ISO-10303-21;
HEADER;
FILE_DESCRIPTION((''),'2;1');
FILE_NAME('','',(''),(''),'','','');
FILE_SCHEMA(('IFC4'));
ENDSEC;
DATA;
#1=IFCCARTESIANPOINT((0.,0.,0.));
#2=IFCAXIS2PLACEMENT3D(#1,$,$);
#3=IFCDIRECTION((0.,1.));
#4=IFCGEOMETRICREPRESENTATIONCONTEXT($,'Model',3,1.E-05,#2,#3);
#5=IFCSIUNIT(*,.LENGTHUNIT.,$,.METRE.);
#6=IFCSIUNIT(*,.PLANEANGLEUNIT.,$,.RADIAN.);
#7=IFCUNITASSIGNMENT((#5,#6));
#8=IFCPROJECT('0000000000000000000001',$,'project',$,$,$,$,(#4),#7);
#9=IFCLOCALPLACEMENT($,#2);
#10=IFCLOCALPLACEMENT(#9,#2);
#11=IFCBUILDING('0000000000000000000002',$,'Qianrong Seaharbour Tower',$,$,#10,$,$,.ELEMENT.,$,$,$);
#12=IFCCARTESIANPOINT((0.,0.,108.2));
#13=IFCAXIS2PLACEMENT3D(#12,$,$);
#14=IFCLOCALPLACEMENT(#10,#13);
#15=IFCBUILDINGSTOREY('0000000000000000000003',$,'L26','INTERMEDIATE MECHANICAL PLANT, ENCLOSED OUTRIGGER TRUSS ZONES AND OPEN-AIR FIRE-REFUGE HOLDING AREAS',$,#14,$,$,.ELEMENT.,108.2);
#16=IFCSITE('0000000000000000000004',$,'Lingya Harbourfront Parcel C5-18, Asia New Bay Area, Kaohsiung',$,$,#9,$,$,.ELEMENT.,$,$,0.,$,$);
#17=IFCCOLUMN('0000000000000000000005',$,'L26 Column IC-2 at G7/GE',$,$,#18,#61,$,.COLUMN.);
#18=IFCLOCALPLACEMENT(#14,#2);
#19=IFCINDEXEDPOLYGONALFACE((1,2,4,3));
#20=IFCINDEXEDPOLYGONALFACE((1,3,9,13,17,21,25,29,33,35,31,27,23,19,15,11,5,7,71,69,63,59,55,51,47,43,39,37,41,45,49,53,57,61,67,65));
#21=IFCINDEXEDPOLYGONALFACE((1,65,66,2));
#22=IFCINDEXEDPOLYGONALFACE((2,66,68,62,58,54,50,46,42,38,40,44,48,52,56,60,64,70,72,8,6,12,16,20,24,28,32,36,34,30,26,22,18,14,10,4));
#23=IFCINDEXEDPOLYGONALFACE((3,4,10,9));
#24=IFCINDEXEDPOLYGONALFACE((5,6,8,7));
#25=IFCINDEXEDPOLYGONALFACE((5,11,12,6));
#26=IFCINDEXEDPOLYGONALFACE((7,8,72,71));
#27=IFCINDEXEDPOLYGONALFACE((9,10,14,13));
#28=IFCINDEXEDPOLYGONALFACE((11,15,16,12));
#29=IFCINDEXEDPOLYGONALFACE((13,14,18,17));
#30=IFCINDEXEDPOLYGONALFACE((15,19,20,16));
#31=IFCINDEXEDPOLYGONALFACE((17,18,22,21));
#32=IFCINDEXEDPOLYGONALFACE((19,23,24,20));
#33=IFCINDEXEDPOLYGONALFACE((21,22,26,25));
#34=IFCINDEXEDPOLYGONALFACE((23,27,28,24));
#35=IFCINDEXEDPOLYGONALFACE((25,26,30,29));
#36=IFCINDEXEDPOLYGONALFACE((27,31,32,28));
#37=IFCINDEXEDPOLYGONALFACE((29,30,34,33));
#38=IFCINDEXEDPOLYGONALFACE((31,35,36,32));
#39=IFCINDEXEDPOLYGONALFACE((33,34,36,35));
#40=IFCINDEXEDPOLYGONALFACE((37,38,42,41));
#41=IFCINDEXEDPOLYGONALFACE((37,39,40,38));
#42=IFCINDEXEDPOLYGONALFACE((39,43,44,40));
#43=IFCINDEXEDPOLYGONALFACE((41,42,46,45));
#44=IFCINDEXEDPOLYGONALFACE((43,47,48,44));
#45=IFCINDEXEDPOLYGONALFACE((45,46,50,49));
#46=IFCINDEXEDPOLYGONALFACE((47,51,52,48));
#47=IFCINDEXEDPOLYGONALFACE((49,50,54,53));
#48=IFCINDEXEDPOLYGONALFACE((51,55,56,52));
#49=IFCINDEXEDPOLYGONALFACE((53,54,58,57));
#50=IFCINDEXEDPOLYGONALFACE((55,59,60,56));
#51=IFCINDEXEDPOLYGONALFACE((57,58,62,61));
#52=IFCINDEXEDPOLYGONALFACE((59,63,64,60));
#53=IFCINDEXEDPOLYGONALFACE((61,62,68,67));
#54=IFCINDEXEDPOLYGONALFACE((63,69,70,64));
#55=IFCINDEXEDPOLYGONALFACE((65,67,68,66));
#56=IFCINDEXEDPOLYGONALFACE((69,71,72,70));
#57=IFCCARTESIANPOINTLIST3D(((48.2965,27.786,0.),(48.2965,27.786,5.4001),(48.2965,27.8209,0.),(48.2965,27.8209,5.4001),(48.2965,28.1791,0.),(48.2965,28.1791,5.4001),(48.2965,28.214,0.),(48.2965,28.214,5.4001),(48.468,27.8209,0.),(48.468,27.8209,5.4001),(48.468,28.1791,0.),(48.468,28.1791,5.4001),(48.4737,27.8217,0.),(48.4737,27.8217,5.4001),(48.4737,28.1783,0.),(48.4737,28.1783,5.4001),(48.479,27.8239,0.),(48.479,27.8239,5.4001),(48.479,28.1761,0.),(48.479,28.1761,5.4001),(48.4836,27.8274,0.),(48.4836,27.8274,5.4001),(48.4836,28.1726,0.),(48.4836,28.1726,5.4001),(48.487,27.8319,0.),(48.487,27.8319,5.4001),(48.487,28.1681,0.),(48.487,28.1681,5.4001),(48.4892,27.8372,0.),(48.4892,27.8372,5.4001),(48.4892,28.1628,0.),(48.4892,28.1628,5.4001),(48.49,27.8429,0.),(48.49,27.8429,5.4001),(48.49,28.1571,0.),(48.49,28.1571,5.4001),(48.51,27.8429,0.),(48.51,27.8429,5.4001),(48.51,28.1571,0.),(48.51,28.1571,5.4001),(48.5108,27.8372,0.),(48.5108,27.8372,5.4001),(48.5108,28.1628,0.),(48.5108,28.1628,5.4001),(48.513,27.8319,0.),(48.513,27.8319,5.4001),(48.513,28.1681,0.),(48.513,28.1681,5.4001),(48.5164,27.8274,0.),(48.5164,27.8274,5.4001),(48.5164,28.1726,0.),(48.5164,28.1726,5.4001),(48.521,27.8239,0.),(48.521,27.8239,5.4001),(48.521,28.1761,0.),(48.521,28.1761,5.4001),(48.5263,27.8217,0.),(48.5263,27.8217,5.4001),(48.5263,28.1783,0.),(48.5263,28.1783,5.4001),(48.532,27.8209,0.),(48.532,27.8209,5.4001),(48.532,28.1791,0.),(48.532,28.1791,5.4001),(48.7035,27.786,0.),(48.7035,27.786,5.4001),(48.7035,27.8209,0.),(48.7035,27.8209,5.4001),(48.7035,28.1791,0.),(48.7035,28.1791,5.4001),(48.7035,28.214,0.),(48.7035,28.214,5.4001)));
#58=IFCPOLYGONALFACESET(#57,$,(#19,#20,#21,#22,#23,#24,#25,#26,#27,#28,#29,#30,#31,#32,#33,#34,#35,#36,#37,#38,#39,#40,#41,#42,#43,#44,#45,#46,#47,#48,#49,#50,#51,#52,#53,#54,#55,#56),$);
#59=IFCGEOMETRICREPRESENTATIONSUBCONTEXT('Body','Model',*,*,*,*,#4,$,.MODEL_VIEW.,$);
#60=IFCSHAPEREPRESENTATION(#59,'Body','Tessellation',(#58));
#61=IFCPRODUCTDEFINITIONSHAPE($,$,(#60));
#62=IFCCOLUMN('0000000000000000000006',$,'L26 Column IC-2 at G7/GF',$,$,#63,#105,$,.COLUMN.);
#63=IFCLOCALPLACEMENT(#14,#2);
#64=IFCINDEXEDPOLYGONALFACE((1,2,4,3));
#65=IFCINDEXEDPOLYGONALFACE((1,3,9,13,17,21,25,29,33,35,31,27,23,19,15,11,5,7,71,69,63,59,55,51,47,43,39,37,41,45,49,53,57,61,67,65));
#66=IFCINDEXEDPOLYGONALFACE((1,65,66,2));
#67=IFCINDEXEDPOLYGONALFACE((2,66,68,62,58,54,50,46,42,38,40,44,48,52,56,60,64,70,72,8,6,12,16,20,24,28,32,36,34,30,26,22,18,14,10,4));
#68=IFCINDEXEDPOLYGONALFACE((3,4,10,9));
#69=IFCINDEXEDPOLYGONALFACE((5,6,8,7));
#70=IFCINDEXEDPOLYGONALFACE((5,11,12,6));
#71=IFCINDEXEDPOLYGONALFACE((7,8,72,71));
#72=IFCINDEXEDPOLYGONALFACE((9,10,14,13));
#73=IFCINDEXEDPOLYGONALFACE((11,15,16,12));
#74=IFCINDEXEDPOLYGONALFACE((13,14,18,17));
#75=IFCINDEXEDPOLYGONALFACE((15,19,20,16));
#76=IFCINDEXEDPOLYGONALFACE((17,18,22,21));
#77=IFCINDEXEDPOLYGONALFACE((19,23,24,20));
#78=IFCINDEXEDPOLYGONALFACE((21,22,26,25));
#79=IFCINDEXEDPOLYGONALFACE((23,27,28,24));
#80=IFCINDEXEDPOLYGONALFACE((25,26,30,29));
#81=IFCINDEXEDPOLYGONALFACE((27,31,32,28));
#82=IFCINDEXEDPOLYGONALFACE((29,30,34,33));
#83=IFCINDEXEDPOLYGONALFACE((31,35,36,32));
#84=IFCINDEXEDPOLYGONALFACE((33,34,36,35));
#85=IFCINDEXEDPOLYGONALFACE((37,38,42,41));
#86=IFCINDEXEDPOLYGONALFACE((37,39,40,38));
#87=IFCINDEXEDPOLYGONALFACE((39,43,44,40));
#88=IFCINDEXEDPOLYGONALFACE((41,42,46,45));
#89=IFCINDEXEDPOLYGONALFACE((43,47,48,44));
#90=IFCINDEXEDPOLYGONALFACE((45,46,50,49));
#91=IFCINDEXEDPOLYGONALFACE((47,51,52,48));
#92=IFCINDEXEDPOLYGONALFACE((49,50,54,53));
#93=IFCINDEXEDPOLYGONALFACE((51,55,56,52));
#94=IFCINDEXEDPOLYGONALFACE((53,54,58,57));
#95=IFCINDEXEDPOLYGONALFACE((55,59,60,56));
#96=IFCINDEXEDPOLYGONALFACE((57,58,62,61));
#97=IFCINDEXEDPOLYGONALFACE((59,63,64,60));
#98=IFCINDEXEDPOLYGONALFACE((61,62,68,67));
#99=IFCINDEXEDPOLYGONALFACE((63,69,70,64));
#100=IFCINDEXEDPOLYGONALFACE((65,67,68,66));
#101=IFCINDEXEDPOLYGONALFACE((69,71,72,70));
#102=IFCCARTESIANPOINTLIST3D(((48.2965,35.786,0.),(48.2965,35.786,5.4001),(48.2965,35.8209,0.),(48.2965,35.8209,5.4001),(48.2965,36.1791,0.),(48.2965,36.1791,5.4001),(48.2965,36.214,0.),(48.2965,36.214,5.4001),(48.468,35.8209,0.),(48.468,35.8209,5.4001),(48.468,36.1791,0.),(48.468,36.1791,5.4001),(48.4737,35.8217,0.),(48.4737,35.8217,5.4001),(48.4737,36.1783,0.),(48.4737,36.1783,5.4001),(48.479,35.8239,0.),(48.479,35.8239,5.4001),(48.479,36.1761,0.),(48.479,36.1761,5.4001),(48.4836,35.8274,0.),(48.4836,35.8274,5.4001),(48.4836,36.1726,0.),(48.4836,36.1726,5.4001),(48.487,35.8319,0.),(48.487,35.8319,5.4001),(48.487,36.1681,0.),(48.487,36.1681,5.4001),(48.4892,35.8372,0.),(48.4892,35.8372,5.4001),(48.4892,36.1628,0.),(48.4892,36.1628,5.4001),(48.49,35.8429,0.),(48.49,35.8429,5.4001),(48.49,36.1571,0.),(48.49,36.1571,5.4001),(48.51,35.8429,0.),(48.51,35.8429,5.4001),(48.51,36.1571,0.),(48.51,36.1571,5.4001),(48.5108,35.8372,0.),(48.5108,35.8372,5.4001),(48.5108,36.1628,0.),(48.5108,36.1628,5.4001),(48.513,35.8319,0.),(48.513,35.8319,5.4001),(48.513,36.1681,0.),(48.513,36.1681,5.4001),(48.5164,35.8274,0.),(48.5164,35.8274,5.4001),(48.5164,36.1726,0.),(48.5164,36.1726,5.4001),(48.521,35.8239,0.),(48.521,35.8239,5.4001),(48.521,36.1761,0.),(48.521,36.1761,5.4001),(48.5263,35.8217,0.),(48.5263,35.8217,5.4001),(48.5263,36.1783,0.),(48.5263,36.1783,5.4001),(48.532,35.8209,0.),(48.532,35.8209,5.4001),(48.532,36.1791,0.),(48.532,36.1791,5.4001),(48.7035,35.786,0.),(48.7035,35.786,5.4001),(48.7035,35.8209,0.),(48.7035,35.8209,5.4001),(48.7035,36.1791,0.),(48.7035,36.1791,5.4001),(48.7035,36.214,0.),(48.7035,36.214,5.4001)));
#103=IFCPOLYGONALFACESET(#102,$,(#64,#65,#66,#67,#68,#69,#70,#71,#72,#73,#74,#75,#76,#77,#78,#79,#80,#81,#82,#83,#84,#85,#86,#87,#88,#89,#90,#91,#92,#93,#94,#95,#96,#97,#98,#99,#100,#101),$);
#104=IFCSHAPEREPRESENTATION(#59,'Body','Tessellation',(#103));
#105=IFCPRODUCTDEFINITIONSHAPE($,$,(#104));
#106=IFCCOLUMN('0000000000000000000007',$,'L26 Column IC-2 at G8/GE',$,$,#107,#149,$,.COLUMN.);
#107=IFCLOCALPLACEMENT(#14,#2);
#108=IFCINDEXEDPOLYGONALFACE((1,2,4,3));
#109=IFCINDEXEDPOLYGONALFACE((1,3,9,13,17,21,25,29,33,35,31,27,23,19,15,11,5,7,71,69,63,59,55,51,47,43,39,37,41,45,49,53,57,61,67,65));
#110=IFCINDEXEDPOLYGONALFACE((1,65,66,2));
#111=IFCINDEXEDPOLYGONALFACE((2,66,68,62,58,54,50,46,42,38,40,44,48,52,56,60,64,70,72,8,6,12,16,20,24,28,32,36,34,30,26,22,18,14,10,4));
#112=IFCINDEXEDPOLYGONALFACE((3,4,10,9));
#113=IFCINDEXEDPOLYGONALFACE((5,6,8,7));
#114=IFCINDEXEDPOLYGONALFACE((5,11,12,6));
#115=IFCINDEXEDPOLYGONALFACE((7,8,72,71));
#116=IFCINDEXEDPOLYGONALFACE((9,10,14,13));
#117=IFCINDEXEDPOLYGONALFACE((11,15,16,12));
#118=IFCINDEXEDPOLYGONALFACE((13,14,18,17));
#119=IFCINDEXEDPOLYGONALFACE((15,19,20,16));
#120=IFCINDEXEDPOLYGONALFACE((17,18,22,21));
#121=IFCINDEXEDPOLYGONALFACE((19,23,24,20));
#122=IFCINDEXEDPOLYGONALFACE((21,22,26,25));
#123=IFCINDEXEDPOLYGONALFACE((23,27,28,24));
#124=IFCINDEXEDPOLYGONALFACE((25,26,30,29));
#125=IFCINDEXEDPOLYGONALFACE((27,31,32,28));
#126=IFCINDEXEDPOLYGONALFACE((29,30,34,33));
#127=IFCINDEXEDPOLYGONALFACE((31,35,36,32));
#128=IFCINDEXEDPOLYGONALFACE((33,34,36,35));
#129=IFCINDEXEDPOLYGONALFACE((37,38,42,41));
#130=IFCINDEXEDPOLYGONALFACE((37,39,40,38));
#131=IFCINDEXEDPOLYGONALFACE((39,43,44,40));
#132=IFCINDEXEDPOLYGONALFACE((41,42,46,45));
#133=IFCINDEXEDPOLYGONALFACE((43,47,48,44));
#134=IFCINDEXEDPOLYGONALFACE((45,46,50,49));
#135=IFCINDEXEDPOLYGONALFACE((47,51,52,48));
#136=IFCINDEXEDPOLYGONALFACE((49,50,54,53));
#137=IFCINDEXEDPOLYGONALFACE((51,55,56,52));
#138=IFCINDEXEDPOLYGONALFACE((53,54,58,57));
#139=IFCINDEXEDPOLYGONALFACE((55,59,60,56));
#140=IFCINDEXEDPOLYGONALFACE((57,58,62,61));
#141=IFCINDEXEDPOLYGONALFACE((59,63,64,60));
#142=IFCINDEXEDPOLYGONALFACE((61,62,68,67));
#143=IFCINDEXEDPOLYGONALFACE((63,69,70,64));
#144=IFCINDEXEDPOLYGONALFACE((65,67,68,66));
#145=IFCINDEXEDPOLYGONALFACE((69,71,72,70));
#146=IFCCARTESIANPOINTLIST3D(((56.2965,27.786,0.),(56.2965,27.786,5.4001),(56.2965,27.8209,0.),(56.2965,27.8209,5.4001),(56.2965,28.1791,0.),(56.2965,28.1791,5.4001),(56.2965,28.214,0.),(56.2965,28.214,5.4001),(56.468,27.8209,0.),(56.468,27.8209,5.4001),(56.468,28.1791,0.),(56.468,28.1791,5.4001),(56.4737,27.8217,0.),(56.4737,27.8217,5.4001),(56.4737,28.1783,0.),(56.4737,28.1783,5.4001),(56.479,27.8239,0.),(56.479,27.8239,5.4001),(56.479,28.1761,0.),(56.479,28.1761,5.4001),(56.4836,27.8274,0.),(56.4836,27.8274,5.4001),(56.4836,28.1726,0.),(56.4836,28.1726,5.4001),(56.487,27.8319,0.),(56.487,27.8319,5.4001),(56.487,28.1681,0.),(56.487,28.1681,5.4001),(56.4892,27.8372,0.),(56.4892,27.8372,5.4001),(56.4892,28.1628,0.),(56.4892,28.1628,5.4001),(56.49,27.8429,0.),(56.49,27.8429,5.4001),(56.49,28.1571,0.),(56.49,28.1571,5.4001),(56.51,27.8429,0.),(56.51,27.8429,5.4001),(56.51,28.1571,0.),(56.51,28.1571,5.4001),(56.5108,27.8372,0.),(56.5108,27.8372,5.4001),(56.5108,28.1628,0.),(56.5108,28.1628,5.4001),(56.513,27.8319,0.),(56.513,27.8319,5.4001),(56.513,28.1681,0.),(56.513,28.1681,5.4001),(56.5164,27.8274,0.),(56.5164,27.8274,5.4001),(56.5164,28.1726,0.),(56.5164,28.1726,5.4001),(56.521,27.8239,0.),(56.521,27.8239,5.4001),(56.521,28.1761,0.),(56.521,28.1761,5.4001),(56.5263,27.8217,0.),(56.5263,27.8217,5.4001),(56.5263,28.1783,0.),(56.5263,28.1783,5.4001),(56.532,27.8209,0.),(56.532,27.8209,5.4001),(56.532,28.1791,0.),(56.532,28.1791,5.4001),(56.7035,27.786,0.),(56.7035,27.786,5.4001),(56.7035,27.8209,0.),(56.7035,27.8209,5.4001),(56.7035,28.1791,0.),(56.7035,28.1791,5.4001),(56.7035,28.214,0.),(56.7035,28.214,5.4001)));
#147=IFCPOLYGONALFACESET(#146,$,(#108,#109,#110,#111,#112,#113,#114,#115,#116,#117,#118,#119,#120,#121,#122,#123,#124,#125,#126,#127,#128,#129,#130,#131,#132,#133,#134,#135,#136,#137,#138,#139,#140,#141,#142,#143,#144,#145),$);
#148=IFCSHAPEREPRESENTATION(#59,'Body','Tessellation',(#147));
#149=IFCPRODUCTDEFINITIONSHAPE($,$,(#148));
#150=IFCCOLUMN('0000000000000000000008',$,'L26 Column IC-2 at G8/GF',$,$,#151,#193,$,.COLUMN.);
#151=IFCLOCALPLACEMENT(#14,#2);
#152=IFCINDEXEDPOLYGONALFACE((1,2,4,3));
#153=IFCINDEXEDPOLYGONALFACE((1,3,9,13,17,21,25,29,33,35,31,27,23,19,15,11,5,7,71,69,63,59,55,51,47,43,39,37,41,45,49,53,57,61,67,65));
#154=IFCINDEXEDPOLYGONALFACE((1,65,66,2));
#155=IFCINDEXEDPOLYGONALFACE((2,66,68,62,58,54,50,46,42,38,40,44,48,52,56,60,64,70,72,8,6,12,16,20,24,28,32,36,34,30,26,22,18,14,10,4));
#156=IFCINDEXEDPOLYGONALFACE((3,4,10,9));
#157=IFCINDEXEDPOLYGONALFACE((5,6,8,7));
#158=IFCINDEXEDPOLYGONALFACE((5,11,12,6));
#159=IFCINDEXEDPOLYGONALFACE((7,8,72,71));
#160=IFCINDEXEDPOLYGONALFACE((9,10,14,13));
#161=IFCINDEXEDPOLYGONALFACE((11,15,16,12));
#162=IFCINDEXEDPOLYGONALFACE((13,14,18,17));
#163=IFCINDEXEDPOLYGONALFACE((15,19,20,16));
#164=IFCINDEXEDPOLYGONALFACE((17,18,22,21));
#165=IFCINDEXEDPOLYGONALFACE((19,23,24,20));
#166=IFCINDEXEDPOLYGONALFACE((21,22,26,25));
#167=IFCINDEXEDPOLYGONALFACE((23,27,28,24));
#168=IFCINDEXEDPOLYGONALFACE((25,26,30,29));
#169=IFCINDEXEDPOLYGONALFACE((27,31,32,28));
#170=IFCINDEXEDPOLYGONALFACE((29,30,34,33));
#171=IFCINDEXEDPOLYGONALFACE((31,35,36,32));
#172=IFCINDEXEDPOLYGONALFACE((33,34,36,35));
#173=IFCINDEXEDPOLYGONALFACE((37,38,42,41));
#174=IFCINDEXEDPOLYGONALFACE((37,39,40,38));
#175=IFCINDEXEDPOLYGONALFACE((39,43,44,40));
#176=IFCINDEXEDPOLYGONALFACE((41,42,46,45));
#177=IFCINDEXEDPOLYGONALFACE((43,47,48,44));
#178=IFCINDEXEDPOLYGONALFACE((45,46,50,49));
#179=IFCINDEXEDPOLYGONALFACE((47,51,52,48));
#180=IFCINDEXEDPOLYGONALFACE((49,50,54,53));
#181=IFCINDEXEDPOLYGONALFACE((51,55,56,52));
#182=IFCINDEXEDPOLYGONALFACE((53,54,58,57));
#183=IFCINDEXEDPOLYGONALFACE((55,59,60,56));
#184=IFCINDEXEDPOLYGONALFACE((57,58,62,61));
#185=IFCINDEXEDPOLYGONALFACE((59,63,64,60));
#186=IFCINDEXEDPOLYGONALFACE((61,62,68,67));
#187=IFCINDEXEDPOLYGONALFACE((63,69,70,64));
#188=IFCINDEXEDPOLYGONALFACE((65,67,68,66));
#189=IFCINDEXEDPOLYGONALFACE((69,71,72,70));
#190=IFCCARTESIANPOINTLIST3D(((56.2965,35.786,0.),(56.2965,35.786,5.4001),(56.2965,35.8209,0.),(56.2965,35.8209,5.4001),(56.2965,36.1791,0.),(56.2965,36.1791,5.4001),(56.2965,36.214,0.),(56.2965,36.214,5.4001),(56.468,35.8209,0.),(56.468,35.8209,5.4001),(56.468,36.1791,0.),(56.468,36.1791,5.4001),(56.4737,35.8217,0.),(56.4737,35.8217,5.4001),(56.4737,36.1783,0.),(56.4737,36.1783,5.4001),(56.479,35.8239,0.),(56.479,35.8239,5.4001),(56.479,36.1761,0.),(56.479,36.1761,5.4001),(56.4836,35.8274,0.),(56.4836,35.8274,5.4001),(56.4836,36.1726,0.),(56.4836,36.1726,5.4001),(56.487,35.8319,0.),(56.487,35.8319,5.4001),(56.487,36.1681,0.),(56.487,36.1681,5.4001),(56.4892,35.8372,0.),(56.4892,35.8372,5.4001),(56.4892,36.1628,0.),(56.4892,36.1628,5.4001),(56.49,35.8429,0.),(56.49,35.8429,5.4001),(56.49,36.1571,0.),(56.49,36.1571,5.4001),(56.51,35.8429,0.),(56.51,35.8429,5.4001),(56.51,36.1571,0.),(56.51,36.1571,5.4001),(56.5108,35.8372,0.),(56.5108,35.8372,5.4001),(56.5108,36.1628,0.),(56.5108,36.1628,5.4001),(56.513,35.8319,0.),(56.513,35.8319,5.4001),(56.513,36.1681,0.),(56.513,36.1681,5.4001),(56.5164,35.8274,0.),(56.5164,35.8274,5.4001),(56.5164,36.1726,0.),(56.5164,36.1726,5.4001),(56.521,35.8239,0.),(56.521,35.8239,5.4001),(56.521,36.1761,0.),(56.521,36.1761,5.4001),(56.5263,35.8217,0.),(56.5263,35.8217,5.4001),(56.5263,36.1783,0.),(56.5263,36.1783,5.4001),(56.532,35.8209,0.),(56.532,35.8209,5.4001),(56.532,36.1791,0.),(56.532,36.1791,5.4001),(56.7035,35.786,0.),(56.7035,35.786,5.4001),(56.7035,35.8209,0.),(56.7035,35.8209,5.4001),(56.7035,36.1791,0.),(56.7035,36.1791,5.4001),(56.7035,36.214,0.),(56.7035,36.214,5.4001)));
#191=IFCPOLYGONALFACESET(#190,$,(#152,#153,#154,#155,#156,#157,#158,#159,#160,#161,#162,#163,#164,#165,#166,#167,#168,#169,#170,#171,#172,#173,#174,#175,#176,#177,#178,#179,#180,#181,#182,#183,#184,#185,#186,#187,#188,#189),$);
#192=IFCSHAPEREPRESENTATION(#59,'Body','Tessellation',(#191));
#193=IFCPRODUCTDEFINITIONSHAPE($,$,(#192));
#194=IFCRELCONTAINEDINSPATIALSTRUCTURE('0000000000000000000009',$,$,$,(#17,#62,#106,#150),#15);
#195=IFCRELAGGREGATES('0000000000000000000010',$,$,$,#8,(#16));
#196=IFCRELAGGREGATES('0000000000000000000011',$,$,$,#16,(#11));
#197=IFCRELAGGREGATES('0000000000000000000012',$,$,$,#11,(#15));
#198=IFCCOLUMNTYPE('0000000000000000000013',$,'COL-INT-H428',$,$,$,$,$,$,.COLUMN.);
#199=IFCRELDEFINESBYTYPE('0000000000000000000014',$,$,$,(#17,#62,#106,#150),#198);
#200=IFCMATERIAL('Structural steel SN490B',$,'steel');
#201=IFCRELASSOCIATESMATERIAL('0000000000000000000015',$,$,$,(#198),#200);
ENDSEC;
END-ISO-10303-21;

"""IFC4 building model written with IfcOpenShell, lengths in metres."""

from ifc_helpers import new_model, si_unit, direction, frame, origin, origin_2d, place, context, subcontext, project, spatial, i_section, extrude, material, material_profile, profile_set, type_object, element, save


model = new_model("IFC4")

# Units and contexts
model_context = context("Model", 3, precision=1e-05, world=origin(), true_north=direction((0.0, 1.0)))
body_context = subcontext(model_context, "Body", "Model", "MODEL_VIEW")
ifc_project = project(units=[si_unit("LENGTHUNIT", "METRE"), si_unit("PLANEANGLEUNIT", "RADIAN")], contexts=[model_context])

# Site, building, storey
site_placement = place(None, origin())
site = spatial("IfcSite", under=ifc_project, at=site_placement, Name="Lingya Harbourfront Parcel C5-18, Asia New Bay Area, Kaohsiung", CompositionType="ELEMENT", RefElevation=0.0)
building_placement = place(site_placement, origin())
building = spatial("IfcBuilding", under=site, at=building_placement, Name="Qianrong Seaharbour Tower", CompositionType="ELEMENT")
storey_placement = place(building_placement, frame((0.0, 0.0, 108.2)))
storey = spatial("IfcBuildingStorey", under=building, at=storey_placement, Name="L26", Description="INTERMEDIATE MECHANICAL PLANT, ENCLOSED OUTRIGGER TRUSS ZONES AND OPEN-AIR FIRE-REFUGE HOLDING AREAS", CompositionType="ELEMENT", Elevation=108.2)

# Columns
ifc_material_1 = material(Name="Structural steel SN490B", Category="steel")
ifc_material_profile_1 = material_profile(ifc_material_1, i_section(OverallWidth=0.407, OverallDepth=0.428, WebThickness=0.02, FlangeThickness=0.0349, FilletRadius=0.022, at=origin_2d()), Name="H428x407x20x35")
ifc_profile_set_1 = profile_set([ifc_material_profile_1], Name="Structural steel SN490B")
column_type = type_object("IfcColumnType", Name="COL-INT-H428", PredefinedType="COLUMN", material=ifc_profile_set_1)
for number, where, z_axis, x_axis, name in (
    (1, (48.5, 28.0, 0.0), (0.0, 0.0, 1.0), (1.0, 0.0, 0.0), "L26 Column IC-2 at G7/GE"),
    (2, (48.5, 36.0, 0.0), (0.0, 0.0, 1.0), (1.0, 0.0, 0.0), "L26 Column IC-2 at G7/GF"),
    (3, (56.5, 28.0, 0.0), (0.0, 0.0, 1.0), (1.0, 0.0, 0.0), "L26 Column IC-2 at G8/GE"),
    (4, (56.5, 36.0, 0.0), (0.0, 0.0, 1.0), (1.0, 0.0, 0.0), "L26 Column IC-2 at G8/GF"),
):
    element("IfcColumn", number, at=place(storey_placement, frame(where, z_axis=z_axis, x_axis=x_axis)), inside=storey, type_object=column_type, Name=name, PredefinedType="COLUMN", context=body_context, shape_type="SweptSolid", body=[
        extrude(i_section(OverallWidth=0.407, OverallDepth=0.428, WebThickness=0.02, FlangeThickness=0.0349, FilletRadius=0.022, at=origin_2d()), origin(), (0.0, 0.0, 1.0), 5.4001),
    ])

save(model, "model.ifc")
